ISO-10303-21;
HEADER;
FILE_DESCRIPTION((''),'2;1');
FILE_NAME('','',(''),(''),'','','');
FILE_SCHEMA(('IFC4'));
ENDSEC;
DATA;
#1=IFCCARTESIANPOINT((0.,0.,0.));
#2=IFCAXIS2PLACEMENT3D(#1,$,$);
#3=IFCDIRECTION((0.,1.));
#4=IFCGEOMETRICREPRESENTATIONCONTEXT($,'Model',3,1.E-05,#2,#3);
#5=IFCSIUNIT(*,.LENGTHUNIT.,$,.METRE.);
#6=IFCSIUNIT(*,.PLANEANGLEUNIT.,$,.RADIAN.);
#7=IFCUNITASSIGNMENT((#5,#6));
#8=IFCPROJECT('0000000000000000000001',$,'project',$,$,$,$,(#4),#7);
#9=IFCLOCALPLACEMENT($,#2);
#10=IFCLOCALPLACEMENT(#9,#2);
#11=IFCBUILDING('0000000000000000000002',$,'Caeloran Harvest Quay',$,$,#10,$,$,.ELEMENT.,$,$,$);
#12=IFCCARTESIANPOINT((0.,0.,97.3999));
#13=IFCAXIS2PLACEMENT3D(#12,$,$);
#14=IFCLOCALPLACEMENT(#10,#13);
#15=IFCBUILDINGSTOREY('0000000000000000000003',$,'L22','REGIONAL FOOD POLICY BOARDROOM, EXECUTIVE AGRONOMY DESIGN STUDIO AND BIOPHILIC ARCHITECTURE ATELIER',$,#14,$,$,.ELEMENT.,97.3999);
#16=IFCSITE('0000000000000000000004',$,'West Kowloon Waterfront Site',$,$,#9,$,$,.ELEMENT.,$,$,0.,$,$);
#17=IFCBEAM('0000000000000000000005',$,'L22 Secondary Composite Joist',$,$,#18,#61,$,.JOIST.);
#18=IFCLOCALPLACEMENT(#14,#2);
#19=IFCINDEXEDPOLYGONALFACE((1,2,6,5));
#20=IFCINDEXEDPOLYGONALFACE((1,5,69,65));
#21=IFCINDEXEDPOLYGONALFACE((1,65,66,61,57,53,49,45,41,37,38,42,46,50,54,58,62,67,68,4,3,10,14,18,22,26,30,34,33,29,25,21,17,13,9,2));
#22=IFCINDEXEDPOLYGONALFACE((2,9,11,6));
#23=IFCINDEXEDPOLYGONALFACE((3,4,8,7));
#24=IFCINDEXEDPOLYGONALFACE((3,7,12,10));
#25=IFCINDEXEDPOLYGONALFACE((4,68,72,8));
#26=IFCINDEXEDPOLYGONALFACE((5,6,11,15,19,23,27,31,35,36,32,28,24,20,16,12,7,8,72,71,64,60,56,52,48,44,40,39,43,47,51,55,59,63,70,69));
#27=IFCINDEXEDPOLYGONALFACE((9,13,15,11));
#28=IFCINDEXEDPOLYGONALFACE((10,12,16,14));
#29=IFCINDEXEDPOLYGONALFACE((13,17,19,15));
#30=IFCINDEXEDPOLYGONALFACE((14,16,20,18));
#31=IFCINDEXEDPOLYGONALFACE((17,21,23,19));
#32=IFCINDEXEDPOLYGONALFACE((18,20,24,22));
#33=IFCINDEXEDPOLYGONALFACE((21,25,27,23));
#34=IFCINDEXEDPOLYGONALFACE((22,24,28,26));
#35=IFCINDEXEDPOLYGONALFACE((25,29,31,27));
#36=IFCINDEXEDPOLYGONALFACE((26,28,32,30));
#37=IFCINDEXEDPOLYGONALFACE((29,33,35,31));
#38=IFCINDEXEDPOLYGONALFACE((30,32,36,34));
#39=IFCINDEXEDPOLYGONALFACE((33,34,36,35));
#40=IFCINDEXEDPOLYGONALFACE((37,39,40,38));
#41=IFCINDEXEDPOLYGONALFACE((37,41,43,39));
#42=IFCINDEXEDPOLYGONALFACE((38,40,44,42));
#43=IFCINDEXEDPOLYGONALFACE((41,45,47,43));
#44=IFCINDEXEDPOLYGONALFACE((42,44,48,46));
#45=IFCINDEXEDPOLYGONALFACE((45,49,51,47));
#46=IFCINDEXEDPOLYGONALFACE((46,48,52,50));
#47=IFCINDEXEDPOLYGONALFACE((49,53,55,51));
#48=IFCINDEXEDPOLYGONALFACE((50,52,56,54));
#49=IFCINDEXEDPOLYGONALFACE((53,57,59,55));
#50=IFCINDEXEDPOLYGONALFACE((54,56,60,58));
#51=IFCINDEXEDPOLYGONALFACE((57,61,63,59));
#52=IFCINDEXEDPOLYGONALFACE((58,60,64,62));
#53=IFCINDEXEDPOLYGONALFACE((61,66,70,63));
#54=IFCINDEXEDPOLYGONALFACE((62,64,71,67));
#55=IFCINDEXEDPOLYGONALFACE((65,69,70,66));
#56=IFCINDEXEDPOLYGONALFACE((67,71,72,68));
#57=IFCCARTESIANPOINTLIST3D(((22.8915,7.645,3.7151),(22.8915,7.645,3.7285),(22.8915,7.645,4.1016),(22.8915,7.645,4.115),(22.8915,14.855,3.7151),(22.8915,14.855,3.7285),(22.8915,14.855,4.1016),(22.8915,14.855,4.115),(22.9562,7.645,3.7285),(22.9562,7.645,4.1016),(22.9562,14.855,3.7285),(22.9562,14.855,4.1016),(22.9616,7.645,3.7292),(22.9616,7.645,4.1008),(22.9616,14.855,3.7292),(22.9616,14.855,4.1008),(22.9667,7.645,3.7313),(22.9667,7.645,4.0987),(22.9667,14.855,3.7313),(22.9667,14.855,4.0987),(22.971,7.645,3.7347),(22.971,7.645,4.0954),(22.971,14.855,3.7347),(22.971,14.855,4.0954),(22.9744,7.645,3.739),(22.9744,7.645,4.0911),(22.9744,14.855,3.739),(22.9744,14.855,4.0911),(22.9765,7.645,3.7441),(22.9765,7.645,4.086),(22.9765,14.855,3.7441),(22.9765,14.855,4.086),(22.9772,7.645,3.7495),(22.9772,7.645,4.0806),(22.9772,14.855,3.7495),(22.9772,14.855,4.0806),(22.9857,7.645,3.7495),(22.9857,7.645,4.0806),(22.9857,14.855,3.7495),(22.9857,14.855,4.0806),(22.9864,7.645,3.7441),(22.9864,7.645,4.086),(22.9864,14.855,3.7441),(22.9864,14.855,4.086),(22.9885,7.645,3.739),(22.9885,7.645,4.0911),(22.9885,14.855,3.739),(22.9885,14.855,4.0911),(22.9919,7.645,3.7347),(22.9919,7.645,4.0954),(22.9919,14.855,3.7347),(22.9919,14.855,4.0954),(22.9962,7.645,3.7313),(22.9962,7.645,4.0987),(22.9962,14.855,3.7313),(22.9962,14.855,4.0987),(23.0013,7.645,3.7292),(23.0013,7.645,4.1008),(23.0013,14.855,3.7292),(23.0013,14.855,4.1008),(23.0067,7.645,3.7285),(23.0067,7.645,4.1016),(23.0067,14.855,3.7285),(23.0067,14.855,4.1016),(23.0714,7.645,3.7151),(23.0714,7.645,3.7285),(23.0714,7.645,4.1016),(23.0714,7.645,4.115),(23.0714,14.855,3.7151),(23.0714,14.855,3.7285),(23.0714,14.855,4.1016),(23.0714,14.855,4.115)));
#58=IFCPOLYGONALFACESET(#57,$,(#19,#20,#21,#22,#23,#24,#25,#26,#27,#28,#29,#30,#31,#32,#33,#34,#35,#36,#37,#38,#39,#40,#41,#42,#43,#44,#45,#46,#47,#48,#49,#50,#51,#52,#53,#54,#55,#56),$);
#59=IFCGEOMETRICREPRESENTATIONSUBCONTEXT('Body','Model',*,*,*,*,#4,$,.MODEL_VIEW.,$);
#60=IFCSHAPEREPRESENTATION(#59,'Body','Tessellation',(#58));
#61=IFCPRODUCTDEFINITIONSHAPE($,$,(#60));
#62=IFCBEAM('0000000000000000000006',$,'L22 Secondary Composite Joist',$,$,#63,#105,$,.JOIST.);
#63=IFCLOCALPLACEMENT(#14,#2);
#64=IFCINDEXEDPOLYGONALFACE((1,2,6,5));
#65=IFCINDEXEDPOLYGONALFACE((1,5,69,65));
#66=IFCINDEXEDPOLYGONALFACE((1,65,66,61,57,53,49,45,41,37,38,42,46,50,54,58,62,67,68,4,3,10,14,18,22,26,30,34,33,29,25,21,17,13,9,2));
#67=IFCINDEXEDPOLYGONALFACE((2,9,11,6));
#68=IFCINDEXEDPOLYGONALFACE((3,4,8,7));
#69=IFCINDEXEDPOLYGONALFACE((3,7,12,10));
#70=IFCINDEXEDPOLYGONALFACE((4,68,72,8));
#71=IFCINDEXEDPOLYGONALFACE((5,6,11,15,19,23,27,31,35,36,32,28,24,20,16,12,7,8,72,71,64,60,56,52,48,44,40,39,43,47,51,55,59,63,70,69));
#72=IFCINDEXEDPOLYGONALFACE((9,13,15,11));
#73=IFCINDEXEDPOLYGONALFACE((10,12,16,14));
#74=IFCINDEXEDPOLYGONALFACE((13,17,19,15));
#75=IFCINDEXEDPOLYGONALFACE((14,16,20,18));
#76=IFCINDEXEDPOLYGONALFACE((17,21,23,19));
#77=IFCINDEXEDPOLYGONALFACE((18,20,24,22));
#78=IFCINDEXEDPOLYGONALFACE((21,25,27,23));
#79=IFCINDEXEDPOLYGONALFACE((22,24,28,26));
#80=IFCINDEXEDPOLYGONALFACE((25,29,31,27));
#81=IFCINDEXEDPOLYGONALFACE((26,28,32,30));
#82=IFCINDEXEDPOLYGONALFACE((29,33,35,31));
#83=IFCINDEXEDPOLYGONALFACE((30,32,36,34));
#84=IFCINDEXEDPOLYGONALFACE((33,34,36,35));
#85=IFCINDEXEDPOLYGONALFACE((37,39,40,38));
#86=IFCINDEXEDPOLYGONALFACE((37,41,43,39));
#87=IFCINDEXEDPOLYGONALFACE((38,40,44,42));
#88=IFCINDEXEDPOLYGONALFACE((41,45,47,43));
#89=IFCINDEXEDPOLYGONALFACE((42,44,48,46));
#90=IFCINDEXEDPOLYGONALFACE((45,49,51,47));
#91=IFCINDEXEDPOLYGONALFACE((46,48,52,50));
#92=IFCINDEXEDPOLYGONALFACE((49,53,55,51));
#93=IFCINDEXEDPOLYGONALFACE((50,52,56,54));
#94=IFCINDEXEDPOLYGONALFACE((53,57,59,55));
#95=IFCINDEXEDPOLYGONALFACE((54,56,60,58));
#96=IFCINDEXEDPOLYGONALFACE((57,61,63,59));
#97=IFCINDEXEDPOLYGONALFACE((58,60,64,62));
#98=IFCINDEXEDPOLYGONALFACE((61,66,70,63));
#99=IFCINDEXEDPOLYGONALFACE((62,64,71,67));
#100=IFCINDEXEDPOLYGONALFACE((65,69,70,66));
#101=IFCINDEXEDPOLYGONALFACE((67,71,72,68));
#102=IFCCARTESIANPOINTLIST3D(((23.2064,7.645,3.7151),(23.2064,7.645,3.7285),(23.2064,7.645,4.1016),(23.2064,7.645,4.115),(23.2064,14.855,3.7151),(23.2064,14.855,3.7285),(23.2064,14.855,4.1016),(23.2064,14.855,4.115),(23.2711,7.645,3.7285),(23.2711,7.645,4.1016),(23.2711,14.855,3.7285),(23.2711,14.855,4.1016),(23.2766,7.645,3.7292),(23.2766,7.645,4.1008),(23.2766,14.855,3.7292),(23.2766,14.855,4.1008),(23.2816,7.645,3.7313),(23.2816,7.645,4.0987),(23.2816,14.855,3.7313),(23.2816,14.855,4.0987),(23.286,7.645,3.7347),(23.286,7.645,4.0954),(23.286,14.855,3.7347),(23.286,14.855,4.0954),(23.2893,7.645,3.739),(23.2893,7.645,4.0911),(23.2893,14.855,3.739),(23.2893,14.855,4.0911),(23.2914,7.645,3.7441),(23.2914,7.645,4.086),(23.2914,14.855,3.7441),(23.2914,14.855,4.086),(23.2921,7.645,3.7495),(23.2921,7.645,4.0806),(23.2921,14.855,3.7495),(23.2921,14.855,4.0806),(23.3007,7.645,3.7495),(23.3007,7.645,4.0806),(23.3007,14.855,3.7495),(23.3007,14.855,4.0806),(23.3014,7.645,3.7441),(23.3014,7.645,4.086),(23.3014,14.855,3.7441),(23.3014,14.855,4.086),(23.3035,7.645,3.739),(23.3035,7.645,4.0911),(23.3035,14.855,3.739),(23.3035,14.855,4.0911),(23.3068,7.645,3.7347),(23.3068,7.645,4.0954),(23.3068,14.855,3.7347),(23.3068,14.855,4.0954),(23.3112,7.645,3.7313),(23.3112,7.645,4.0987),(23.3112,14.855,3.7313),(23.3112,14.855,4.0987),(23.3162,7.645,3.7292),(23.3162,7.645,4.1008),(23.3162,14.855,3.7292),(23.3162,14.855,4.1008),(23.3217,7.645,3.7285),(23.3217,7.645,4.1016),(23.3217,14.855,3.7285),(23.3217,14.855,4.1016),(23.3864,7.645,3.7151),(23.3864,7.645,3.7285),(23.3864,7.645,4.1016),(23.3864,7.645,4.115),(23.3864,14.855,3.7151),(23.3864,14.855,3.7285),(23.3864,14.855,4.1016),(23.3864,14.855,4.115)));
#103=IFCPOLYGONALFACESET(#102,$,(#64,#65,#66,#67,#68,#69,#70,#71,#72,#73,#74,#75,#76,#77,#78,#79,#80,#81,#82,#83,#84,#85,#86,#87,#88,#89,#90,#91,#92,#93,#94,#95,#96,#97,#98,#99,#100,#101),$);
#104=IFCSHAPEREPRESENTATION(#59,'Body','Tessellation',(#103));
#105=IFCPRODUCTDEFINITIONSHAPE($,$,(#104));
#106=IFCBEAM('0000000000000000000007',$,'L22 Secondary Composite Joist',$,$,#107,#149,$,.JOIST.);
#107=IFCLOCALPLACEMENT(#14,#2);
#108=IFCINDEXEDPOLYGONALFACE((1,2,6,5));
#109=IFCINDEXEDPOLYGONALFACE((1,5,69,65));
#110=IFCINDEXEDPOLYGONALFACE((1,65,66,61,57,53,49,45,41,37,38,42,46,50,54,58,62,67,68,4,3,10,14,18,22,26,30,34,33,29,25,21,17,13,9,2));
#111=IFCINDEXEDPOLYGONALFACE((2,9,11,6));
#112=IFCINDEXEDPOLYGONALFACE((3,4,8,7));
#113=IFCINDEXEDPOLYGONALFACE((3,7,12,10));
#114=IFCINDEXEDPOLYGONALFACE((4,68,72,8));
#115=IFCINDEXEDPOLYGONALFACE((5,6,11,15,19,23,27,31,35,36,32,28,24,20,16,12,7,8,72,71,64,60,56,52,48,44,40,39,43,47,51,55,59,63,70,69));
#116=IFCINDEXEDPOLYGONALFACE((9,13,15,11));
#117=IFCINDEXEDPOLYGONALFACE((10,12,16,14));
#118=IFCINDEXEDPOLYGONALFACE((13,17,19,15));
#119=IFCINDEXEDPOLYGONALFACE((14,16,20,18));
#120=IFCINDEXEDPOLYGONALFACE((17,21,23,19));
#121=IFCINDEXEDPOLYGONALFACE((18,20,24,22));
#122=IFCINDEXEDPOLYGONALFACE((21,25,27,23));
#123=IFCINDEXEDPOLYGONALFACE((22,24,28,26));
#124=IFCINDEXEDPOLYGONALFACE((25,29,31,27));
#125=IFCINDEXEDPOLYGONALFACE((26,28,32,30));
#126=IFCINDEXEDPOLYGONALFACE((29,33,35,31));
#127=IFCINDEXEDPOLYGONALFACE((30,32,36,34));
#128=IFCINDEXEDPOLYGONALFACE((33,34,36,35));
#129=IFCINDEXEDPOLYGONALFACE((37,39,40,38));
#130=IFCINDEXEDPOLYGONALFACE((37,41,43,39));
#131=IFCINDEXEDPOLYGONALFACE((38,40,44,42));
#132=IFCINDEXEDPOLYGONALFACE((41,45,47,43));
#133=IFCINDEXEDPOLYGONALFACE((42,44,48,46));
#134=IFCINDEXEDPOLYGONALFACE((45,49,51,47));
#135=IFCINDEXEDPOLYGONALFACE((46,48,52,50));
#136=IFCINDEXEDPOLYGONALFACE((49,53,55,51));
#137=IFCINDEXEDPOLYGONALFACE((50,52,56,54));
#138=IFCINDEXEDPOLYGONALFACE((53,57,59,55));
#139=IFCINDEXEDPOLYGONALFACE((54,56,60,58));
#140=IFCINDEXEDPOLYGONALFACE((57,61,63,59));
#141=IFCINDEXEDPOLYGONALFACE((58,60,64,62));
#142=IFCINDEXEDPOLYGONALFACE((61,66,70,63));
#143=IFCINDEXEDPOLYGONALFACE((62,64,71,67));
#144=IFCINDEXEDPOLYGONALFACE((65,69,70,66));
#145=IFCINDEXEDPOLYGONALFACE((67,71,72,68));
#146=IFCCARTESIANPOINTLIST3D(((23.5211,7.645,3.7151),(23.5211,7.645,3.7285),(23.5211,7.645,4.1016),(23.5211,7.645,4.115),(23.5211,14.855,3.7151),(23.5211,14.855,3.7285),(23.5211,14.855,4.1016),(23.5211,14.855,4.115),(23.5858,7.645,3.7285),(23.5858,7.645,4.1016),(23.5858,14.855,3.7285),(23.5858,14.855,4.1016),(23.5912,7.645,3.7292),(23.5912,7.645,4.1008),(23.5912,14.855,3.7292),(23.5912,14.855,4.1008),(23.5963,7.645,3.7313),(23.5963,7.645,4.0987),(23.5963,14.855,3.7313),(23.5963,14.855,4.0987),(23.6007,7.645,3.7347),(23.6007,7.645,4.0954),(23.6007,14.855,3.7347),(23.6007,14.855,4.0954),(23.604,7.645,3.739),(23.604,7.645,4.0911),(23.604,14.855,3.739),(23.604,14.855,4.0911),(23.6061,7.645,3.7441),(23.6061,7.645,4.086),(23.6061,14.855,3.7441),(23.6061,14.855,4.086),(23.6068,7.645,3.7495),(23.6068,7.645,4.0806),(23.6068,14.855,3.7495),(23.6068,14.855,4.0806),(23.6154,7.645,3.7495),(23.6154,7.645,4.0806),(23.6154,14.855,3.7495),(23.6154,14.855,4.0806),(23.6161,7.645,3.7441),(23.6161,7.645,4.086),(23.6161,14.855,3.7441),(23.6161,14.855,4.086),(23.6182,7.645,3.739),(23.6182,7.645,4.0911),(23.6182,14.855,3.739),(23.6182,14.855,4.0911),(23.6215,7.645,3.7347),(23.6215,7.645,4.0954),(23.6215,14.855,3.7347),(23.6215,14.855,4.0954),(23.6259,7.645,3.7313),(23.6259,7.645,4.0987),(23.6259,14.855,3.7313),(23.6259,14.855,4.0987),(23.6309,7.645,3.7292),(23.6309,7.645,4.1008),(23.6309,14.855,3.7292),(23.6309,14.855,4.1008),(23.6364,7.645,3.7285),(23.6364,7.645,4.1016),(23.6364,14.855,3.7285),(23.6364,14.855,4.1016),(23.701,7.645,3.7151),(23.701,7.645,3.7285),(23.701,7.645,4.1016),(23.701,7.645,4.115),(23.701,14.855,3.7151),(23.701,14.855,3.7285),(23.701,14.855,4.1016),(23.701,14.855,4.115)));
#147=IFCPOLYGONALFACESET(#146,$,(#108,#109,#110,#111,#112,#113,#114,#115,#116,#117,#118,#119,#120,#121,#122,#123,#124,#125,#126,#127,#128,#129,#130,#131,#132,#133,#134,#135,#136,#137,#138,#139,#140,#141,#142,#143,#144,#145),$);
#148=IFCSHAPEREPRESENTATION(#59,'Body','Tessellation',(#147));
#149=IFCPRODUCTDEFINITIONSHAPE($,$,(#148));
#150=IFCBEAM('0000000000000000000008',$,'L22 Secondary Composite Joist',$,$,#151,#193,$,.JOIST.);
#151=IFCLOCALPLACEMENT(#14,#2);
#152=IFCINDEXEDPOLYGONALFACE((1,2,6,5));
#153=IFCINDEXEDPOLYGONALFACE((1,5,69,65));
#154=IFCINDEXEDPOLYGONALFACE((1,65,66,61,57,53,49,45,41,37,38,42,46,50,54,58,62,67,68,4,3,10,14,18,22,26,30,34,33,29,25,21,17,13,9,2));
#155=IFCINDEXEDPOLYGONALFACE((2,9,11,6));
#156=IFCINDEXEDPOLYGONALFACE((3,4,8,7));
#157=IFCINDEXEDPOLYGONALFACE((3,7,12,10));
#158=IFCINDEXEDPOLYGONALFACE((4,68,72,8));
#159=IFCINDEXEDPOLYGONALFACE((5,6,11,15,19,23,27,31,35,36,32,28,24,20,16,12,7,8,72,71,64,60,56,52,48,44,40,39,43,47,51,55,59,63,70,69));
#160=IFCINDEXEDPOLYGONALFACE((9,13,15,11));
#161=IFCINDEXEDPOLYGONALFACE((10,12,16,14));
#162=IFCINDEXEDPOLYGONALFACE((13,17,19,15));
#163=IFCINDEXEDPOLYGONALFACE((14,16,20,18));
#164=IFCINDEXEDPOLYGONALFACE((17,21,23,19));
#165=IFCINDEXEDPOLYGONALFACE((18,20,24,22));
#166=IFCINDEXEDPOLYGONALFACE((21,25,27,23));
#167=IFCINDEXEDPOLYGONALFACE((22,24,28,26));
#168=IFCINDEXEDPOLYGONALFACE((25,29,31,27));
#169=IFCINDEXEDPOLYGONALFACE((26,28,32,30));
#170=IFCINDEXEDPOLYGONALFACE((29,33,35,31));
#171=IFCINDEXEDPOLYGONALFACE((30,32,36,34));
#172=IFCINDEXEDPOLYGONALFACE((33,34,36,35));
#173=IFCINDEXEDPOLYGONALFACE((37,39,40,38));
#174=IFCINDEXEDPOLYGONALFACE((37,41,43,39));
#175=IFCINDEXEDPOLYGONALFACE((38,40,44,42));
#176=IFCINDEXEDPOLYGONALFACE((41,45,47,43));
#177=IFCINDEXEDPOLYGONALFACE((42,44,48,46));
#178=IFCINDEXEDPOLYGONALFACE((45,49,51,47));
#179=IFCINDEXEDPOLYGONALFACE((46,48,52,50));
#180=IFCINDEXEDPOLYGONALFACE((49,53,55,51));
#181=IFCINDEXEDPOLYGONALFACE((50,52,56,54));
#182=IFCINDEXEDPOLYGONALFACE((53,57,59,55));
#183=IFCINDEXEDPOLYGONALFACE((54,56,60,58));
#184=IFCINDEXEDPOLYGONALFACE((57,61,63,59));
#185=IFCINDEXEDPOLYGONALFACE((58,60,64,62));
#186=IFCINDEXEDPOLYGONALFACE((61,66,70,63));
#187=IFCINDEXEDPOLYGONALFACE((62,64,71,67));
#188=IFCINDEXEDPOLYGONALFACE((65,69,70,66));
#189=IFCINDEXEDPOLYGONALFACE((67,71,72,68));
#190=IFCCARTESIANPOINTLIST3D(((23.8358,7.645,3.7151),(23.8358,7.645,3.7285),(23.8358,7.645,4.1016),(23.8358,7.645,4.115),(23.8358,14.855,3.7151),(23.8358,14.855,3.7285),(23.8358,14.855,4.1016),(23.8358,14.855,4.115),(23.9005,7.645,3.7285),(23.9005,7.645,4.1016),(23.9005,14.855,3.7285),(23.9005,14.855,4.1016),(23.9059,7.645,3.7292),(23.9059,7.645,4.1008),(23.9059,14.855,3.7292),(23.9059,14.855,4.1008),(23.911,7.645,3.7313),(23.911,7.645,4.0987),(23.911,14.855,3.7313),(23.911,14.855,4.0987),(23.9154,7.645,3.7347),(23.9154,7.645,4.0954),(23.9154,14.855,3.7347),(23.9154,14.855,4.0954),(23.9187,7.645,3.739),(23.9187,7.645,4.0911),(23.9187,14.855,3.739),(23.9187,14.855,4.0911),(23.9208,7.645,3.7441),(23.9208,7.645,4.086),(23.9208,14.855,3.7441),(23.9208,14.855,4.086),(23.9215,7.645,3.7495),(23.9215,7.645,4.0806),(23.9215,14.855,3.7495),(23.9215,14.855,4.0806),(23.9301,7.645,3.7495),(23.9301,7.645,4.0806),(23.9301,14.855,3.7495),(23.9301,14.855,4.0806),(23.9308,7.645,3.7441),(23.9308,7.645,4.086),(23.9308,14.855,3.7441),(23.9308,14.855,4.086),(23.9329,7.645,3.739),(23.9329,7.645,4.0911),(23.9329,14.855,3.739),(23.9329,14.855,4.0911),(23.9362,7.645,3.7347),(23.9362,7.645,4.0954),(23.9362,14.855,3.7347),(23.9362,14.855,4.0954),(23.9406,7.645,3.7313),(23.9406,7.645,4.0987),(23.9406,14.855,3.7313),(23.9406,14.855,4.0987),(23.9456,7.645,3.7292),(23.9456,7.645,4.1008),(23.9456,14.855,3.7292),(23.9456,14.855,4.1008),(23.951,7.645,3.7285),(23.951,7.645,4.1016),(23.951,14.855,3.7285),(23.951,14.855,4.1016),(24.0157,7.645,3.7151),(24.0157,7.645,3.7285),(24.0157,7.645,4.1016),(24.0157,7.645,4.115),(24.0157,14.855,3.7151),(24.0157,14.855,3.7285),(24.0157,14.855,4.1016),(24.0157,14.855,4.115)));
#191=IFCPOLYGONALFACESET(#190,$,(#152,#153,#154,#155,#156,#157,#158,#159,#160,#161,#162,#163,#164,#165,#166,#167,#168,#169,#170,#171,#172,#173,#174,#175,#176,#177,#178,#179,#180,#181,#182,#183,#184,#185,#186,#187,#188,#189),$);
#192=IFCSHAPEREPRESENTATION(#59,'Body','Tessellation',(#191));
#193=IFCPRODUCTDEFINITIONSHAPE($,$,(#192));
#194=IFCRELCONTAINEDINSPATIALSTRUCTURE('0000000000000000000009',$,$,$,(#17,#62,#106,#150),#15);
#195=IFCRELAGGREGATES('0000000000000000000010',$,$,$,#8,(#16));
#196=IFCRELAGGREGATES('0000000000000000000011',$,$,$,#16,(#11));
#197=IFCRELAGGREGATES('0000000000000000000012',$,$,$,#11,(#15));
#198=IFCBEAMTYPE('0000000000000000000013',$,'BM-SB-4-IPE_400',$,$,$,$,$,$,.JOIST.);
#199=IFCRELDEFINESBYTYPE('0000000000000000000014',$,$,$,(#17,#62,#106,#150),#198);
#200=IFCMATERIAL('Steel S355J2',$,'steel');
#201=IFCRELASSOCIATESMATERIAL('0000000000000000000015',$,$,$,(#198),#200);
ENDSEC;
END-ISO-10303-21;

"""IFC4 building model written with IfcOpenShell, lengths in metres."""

from ifc_helpers import new_model, si_unit, direction, frame, origin, origin_2d, place, context, subcontext, project, spatial, i_section, extrude, material, material_profile, profile_set, type_object, element, save


model = new_model("IFC4")

# Units and contexts
model_context = context("Model", 3, precision=1e-05, world=origin(), true_north=direction((0.0, 1.0)))
body_context = subcontext(model_context, "Body", "Model", "MODEL_VIEW")
ifc_project = project(units=[si_unit("LENGTHUNIT", "METRE"), si_unit("PLANEANGLEUNIT", "RADIAN")], contexts=[model_context])

# Site, building, storey
site_placement = place(None, origin())
site = spatial("IfcSite", under=ifc_project, at=site_placement, Name="West Kowloon Waterfront Site", CompositionType="ELEMENT", RefElevation=0.0)
building_placement = place(site_placement, origin())
building = spatial("IfcBuilding", under=site, at=building_placement, Name="Caeloran Harvest Quay", CompositionType="ELEMENT")
storey_placement = place(building_placement, frame((0.0, 0.0, 97.3999)))
storey = spatial("IfcBuildingStorey", under=building, at=storey_placement, Name="L22", Description="REGIONAL FOOD POLICY BOARDROOM, EXECUTIVE AGRONOMY DESIGN STUDIO AND BIOPHILIC ARCHITECTURE ATELIER", CompositionType="ELEMENT", Elevation=97.3999)

# Beams
ifc_material_1 = material(Name="Steel S355J2", Category="steel")
ifc_material_profile_1 = material_profile(ifc_material_1, i_section(OverallWidth=0.1799, OverallDepth=0.3999, WebThickness=0.0085, FlangeThickness=0.0134, FilletRadius=0.021, at=origin_2d()), Name="IPE 400")
ifc_profile_set_1 = profile_set([ifc_material_profile_1], Name="Steel S355J2")
beam_type_1 = type_object("IfcBeamType", Name="BM-SB-4-IPE_400", PredefinedType="JOIST", material=ifc_profile_set_1)
for number, where, z_axis, x_axis, name in (
    (1, (22.9814, 7.645, 3.915), (0.0, 1.0, 0.0), (-1.0, 0.0, 0.0), "L22 Secondary Composite Joist"),
    (2, (23.2964, 7.645, 3.915), (0.0, 1.0, 0.0), (-1.0, 0.0, 0.0), "L22 Secondary Composite Joist"),
    (3, (23.6111, 7.645, 3.915), (0.0, 1.0, 0.0), (-1.0, 0.0, 0.0), "L22 Secondary Composite Joist"),
    (4, (23.9258, 7.645, 3.915), (0.0, 1.0, 0.0), (-1.0, 0.0, 0.0), "L22 Secondary Composite Joist"),
):
    element("IfcBeam", number, at=place(storey_placement, frame(where, z_axis=z_axis, x_axis=x_axis)), inside=storey, type_object=beam_type_1, Name=name, PredefinedType="JOIST", context=body_context, shape_type="SweptSolid", body=[
        extrude(i_section(OverallWidth=0.1799, OverallDepth=0.3999, WebThickness=0.0085, FlangeThickness=0.0134, FilletRadius=0.021, at=origin_2d()), origin(), (0.0, 0.0, 1.0), 7.21),
    ])

save(model, "model.ifc")
